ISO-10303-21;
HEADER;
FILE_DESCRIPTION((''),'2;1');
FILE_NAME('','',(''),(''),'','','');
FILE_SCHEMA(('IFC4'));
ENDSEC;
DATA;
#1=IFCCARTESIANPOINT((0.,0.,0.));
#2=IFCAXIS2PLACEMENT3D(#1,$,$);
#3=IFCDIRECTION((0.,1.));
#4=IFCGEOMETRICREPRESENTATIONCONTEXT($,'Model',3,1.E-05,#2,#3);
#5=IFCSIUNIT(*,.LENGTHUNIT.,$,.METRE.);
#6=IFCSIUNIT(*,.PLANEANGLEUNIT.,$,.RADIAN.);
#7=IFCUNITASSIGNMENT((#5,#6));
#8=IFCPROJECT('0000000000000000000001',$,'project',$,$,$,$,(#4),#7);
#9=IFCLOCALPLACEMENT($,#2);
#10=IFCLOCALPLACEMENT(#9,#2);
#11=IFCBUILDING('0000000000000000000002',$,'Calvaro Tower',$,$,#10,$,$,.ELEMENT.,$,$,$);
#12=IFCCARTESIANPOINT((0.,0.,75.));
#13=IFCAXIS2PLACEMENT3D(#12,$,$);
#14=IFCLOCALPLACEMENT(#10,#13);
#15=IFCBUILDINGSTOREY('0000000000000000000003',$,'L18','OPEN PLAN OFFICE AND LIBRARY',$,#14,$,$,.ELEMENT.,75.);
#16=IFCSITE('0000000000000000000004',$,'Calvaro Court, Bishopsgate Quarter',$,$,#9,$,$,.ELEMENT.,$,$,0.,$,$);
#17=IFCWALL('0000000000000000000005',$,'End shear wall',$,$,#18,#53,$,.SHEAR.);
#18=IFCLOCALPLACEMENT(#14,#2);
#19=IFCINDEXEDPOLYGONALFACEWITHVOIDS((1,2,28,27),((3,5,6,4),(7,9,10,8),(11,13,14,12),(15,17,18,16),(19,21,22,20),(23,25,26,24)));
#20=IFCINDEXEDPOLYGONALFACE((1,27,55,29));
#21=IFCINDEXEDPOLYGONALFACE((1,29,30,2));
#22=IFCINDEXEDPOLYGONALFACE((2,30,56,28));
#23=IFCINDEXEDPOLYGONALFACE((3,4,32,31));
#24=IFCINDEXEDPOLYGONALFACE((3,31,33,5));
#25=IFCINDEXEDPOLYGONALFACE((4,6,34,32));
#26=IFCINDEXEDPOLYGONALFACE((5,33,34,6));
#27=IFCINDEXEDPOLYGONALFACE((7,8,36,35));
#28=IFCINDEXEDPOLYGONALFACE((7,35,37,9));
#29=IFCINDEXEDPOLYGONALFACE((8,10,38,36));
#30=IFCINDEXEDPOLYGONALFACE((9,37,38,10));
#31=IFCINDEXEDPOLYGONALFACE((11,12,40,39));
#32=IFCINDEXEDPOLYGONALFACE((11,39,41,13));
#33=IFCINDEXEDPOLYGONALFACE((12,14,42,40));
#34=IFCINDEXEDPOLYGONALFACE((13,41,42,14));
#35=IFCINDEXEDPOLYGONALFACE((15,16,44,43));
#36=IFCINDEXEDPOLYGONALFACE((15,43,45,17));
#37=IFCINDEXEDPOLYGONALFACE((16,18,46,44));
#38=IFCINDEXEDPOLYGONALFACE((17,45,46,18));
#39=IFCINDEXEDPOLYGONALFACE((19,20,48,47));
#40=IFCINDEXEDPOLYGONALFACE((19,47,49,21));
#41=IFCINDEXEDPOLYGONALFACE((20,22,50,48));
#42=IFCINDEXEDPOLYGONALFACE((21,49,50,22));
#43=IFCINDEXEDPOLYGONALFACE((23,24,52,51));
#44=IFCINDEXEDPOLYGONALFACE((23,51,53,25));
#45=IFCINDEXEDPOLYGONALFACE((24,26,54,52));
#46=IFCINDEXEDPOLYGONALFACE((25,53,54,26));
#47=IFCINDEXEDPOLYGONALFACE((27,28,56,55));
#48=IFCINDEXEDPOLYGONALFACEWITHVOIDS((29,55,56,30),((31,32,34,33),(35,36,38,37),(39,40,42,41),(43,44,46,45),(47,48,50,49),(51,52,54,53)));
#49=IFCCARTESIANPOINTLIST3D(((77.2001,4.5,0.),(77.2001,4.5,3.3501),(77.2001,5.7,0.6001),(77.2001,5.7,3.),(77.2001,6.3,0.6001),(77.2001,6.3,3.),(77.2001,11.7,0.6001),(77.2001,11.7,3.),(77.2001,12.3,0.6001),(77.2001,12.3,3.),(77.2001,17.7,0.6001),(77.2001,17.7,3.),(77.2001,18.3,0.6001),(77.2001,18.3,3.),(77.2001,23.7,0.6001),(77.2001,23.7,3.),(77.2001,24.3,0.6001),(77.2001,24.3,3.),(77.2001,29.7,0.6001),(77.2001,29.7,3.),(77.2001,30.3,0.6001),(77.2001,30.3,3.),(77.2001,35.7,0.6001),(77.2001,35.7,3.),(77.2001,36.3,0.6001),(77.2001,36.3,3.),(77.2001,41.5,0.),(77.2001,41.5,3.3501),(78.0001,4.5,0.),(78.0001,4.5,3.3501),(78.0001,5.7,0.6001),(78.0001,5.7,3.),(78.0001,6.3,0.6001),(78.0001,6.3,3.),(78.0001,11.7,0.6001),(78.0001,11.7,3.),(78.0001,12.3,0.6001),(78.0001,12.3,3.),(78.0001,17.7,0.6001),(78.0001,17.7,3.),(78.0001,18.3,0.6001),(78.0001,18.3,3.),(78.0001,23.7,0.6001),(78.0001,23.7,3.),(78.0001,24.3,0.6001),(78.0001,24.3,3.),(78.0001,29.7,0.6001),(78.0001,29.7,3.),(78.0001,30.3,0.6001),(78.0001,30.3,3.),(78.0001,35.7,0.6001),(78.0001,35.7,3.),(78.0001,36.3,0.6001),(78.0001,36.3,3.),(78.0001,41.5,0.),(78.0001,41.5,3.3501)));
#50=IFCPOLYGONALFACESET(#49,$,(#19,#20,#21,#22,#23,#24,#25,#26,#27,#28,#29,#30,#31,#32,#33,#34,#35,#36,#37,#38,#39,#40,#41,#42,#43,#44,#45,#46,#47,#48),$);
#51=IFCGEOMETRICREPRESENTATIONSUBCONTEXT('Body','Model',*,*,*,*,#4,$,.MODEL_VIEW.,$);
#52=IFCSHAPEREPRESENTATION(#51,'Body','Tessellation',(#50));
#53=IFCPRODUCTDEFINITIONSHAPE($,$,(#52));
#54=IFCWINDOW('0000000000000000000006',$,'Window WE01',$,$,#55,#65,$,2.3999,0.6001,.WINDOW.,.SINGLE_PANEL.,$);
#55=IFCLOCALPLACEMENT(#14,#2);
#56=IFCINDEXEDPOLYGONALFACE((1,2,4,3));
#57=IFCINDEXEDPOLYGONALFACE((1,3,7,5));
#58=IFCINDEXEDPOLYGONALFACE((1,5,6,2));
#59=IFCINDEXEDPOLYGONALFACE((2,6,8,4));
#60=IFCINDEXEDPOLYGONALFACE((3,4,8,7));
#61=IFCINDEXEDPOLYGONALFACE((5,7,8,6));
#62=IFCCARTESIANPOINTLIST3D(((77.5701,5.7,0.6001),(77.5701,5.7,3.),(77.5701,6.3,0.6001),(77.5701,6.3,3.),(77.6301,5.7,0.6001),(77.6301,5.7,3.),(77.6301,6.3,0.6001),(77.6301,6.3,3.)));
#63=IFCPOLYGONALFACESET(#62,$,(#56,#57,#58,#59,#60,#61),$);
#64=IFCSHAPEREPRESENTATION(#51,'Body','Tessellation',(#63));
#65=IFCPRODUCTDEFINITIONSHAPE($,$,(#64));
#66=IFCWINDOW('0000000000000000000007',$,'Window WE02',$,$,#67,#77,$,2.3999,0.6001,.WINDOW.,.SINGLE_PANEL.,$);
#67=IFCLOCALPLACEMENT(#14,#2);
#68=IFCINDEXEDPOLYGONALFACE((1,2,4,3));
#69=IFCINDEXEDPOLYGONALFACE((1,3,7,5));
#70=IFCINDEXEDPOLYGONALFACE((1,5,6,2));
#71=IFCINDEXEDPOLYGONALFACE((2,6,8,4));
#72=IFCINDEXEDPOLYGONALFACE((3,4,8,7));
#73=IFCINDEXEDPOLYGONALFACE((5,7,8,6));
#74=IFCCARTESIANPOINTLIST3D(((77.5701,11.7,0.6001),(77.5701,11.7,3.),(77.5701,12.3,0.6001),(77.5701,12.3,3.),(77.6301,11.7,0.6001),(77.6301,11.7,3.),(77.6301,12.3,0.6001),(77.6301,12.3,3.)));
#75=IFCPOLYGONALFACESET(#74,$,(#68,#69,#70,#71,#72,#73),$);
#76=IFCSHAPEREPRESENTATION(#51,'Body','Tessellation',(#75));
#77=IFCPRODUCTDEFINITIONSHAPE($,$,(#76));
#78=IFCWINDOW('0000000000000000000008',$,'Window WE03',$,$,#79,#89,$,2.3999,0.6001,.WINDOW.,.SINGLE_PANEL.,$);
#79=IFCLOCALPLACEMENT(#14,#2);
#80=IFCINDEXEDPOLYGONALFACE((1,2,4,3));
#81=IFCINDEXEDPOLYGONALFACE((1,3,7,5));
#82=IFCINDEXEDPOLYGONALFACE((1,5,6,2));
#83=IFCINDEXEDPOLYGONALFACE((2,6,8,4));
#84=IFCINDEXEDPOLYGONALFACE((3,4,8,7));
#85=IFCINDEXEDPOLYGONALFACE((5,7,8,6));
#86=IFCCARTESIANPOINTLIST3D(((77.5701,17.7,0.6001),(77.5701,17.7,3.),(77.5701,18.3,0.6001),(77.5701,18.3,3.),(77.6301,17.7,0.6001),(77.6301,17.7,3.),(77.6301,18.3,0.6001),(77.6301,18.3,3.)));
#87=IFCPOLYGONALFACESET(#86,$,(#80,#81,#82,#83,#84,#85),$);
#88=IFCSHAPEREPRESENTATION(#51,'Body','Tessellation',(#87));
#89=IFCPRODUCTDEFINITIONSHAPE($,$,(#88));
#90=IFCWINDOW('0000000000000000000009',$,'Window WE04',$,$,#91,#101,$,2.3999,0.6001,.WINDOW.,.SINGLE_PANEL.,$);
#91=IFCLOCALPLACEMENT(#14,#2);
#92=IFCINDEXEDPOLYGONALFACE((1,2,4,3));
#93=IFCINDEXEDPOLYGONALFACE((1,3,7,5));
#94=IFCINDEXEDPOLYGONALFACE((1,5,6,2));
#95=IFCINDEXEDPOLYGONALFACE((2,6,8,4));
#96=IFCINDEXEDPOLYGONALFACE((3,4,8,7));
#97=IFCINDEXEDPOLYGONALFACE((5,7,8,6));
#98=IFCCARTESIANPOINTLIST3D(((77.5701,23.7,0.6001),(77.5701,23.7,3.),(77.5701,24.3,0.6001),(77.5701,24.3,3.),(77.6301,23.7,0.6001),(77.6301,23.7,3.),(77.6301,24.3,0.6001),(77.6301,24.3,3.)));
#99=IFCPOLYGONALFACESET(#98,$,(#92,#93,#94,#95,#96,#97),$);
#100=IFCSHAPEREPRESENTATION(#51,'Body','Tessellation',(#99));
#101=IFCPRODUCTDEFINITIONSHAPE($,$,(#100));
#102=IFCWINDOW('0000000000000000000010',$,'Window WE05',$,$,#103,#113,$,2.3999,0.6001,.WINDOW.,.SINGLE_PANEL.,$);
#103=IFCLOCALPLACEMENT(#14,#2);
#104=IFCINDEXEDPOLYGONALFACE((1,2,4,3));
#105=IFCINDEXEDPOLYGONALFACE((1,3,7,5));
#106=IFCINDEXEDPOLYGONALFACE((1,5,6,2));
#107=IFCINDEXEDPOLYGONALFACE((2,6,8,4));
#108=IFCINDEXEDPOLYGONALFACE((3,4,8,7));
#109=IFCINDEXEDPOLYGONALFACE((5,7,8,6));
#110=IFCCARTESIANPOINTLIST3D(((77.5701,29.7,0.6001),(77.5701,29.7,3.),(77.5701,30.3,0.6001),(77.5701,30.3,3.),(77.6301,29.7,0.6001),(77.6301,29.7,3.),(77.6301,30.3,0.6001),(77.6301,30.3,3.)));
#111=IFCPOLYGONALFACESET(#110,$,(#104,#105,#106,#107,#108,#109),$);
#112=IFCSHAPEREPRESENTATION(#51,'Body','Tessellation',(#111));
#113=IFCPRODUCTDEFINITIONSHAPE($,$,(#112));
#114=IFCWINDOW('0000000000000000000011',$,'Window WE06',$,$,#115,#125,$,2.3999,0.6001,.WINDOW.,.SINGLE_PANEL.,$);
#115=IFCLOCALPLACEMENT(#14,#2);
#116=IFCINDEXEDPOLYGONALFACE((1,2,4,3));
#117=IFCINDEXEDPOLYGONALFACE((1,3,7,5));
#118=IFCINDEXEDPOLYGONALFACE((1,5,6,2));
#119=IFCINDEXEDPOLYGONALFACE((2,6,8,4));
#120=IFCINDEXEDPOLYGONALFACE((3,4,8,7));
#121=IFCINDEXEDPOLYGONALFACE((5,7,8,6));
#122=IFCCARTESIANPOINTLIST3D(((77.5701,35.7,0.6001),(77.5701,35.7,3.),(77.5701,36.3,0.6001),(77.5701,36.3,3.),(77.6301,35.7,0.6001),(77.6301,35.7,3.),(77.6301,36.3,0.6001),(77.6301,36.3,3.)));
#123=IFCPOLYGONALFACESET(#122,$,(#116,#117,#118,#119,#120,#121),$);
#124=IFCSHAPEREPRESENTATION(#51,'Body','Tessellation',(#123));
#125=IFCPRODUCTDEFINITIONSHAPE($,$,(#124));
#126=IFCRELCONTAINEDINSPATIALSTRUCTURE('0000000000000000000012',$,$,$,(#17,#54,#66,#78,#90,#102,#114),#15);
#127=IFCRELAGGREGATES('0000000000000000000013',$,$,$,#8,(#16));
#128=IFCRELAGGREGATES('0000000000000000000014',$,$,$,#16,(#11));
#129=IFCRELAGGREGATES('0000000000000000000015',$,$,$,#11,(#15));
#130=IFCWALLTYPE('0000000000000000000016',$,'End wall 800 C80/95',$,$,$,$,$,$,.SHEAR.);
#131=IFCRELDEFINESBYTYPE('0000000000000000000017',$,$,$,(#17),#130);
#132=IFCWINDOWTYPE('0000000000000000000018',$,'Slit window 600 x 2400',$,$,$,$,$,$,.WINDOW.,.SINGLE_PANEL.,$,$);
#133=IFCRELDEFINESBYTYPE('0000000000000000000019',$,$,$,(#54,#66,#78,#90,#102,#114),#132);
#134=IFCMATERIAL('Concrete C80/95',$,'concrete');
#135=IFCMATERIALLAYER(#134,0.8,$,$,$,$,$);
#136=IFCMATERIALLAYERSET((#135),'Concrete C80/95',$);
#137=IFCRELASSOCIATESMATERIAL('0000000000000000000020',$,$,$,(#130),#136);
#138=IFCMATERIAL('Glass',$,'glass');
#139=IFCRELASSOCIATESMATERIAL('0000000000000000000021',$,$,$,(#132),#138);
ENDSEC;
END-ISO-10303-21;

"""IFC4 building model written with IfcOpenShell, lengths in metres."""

from ifc_helpers import new_model, si_unit, direction, frame, frame_2d, origin, place, context, subcontext, project, spatial, rectangle, extrude, material, layer, layer_set, type_object, element, fill, save


model = new_model("IFC4")

# Units and contexts
model_context = context("Model", 3, precision=1e-05, world=origin(), true_north=direction((0.0, 1.0)))
body_context = subcontext(model_context, "Body", "Model", "MODEL_VIEW")
ifc_project = project(units=[si_unit("LENGTHUNIT", "METRE"), si_unit("PLANEANGLEUNIT", "RADIAN")], contexts=[model_context])

# Site, building, storey
site_placement = place(None, origin())
site = spatial("IfcSite", under=ifc_project, at=site_placement, Name="Calvaro Court, Bishopsgate Quarter", CompositionType="ELEMENT", RefElevation=0.0)
building_placement = place(site_placement, origin())
building = spatial("IfcBuilding", under=site, at=building_placement, Name="Calvaro Tower", CompositionType="ELEMENT")
storey_placement = place(building_placement, frame((0.0, 0.0, 75.0)))
storey = spatial("IfcBuildingStorey", under=building, at=storey_placement, Name="L18", Description="OPEN PLAN OFFICE AND LIBRARY", CompositionType="ELEMENT", Elevation=75.0)

# Wall, openings, windows
ifc_material_1 = material(Name="Concrete C80/95", Category="concrete")
ifc_layer_1 = layer(ifc_material_1, 0.8)
ifc_layer_set_1 = layer_set([ifc_layer_1], Name="Concrete C80/95")
wall_type_1 = type_object("IfcWallType", Name="End wall 800 C80/95", PredefinedType="SHEAR", material=ifc_layer_set_1)
wall_1_placement = place(storey_placement, frame((77.6001, 4.5, 0.0), z_axis=(0.0, 0.0, 1.0), x_axis=(0.0, 1.0, 0.0)))
wall_1 = element("IfcWall", 1, at=wall_1_placement, inside=storey, type_object=wall_type_1, Name="End shear wall", PredefinedType="SHEAR", context=body_context, shape_type="SweptSolid", body=[
    extrude(rectangle(XDim=37.0, YDim=0.8, at=frame_2d((18.5, 0.0))), origin(), (0.0, 0.0, 1.0), 3.3501),
])
opening_1_placement = place(wall_1_placement, frame((1.2, 0.0, 0.6001)))
opening_1 = element("IfcOpeningElement", 2, at=opening_1_placement, cuts=wall_1, PredefinedType="OPENING", context=body_context, shape_type="SweptSolid", body=[
    extrude(rectangle(XDim=0.6001, YDim=2.3999, at=frame_2d((0.3, 1.2))), frame((0.0, 0.4099, 0.0), z_axis=(0.0, -1.0, 0.0), x_axis=(1.0, 0.0, 0.0)), (0.0, 0.0, 1.0), 0.8201),
])
opening_2_placement = place(wall_1_placement, frame((7.2, 0.0, 0.6001)))
opening_2 = element("IfcOpeningElement", 3, at=opening_2_placement, cuts=wall_1, PredefinedType="OPENING", context=body_context, shape_type="SweptSolid", body=[
    extrude(rectangle(XDim=0.6001, YDim=2.3999, at=frame_2d((0.3, 1.2))), frame((0.0, 0.4099, 0.0), z_axis=(0.0, -1.0, 0.0), x_axis=(1.0, 0.0, 0.0)), (0.0, 0.0, 1.0), 0.8201),
])
opening_3_placement = place(wall_1_placement, frame((13.2, 0.0, 0.6001)))
opening_3 = element("IfcOpeningElement", 4, at=opening_3_placement, cuts=wall_1, PredefinedType="OPENING", context=body_context, shape_type="SweptSolid", body=[
    extrude(rectangle(XDim=0.6001, YDim=2.3999, at=frame_2d((0.3, 1.2))), frame((0.0, 0.4099, 0.0), z_axis=(0.0, -1.0, 0.0), x_axis=(1.0, 0.0, 0.0)), (0.0, 0.0, 1.0), 0.8201),
])
opening_4_placement = place(wall_1_placement, frame((19.2, 0.0, 0.6001)))
opening_4 = element("IfcOpeningElement", 5, at=opening_4_placement, cuts=wall_1, PredefinedType="OPENING", context=body_context, shape_type="SweptSolid", body=[
    extrude(rectangle(XDim=0.6001, YDim=2.3999, at=frame_2d((0.3, 1.2))), frame((0.0, 0.4099, 0.0), z_axis=(0.0, -1.0, 0.0), x_axis=(1.0, 0.0, 0.0)), (0.0, 0.0, 1.0), 0.8201),
])
opening_5_placement = place(wall_1_placement, frame((25.2, 0.0, 0.6001)))
opening_5 = element("IfcOpeningElement", 6, at=opening_5_placement, cuts=wall_1, PredefinedType="OPENING", context=body_context, shape_type="SweptSolid", body=[
    extrude(rectangle(XDim=0.6001, YDim=2.3999, at=frame_2d((0.3, 1.2))), frame((0.0, 0.4099, 0.0), z_axis=(0.0, -1.0, 0.0), x_axis=(1.0, 0.0, 0.0)), (0.0, 0.0, 1.0), 0.8201),
])
opening_6_placement = place(wall_1_placement, frame((31.2, 0.0, 0.6001)))
opening_6 = element("IfcOpeningElement", 7, at=opening_6_placement, cuts=wall_1, PredefinedType="OPENING", context=body_context, shape_type="SweptSolid", body=[
    extrude(rectangle(XDim=0.6001, YDim=2.3999, at=frame_2d((0.3, 1.2))), frame((0.0, 0.4099, 0.0), z_axis=(0.0, -1.0, 0.0), x_axis=(1.0, 0.0, 0.0)), (0.0, 0.0, 1.0), 0.8201),
])
ifc_material_2 = material(Name="Glass", Category="glass")
window_type = type_object("IfcWindowType", Name="Slit window 600 x 2400", PartitioningType="SINGLE_PANEL", PredefinedType="WINDOW", material=ifc_material_2)
window_1_placement = place(opening_1_placement, origin())
window_1 = element("IfcWindow", 8, at=window_1_placement, inside=storey, type_object=window_type, Name="Window WE01", OverallHeight=2.3999, OverallWidth=0.6001, PartitioningType="SINGLE_PANEL", PredefinedType="WINDOW", context=body_context, shape_type="SweptSolid", body=[
    extrude(rectangle(XDim=0.6001, YDim=2.3999, at=frame_2d((0.3, 1.2))), frame((0.0, 0.03, 0.0), z_axis=(0.0, -1.0, 0.0), x_axis=(1.0, 0.0, 0.0)), (0.0, 0.0, 1.0), 0.0601),
])
fill(opening_1, window_1)
window_2_placement = place(opening_2_placement, origin())
window_2 = element("IfcWindow", 9, at=window_2_placement, inside=storey, type_object=window_type, Name="Window WE02", OverallHeight=2.3999, OverallWidth=0.6001, PartitioningType="SINGLE_PANEL", PredefinedType="WINDOW", context=body_context, shape_type="SweptSolid", body=[
    extrude(rectangle(XDim=0.6001, YDim=2.3999, at=frame_2d((0.3, 1.2))), frame((0.0, 0.03, 0.0), z_axis=(0.0, -1.0, 0.0), x_axis=(1.0, 0.0, 0.0)), (0.0, 0.0, 1.0), 0.0601),
])
fill(opening_2, window_2)
window_3_placement = place(opening_3_placement, origin())
window_3 = element("IfcWindow", 10, at=window_3_placement, inside=storey, type_object=window_type, Name="Window WE03", OverallHeight=2.3999, OverallWidth=0.6001, PartitioningType="SINGLE_PANEL", PredefinedType="WINDOW", context=body_context, shape_type="SweptSolid", body=[
    extrude(rectangle(XDim=0.6001, YDim=2.3999, at=frame_2d((0.3, 1.2))), frame((0.0, 0.03, 0.0), z_axis=(0.0, -1.0, 0.0), x_axis=(1.0, 0.0, 0.0)), (0.0, 0.0, 1.0), 0.0601),
])
fill(opening_3, window_3)
window_4_placement = place(opening_4_placement, origin())
window_4 = element("IfcWindow", 11, at=window_4_placement, inside=storey, type_object=window_type, Name="Window WE04", OverallHeight=2.3999, OverallWidth=0.6001, PartitioningType="SINGLE_PANEL", PredefinedType="WINDOW", context=body_context, shape_type="SweptSolid", body=[
    extrude(rectangle(XDim=0.6001, YDim=2.3999, at=frame_2d((0.3, 1.2))), frame((0.0, 0.03, 0.0), z_axis=(0.0, -1.0, 0.0), x_axis=(1.0, 0.0, 0.0)), (0.0, 0.0, 1.0), 0.0601),
])
fill(opening_4, window_4)
window_5_placement = place(opening_5_placement, origin())
window_5 = element("IfcWindow", 12, at=window_5_placement, inside=storey, type_object=window_type, Name="Window WE05", OverallHeight=2.3999, OverallWidth=0.6001, PartitioningType="SINGLE_PANEL", PredefinedType="WINDOW", context=body_context, shape_type="SweptSolid", body=[
    extrude(rectangle(XDim=0.6001, YDim=2.3999, at=frame_2d((0.3, 1.2))), frame((0.0, 0.03, 0.0), z_axis=(0.0, -1.0, 0.0), x_axis=(1.0, 0.0, 0.0)), (0.0, 0.0, 1.0), 0.0601),
])
fill(opening_5, window_5)
window_6_placement = place(opening_6_placement, origin())
window_6 = element("IfcWindow", 13, at=window_6_placement, inside=storey, type_object=window_type, Name="Window WE06", OverallHeight=2.3999, OverallWidth=0.6001, PartitioningType="SINGLE_PANEL", PredefinedType="WINDOW", context=body_context, shape_type="SweptSolid", body=[
    extrude(rectangle(XDim=0.6001, YDim=2.3999, at=frame_2d((0.3, 1.2))), frame((0.0, 0.03, 0.0), z_axis=(0.0, -1.0, 0.0), x_axis=(1.0, 0.0, 0.0)), (0.0, 0.0, 1.0), 0.0601),
])
fill(opening_6, window_6)

save(model, "model.ifc")
